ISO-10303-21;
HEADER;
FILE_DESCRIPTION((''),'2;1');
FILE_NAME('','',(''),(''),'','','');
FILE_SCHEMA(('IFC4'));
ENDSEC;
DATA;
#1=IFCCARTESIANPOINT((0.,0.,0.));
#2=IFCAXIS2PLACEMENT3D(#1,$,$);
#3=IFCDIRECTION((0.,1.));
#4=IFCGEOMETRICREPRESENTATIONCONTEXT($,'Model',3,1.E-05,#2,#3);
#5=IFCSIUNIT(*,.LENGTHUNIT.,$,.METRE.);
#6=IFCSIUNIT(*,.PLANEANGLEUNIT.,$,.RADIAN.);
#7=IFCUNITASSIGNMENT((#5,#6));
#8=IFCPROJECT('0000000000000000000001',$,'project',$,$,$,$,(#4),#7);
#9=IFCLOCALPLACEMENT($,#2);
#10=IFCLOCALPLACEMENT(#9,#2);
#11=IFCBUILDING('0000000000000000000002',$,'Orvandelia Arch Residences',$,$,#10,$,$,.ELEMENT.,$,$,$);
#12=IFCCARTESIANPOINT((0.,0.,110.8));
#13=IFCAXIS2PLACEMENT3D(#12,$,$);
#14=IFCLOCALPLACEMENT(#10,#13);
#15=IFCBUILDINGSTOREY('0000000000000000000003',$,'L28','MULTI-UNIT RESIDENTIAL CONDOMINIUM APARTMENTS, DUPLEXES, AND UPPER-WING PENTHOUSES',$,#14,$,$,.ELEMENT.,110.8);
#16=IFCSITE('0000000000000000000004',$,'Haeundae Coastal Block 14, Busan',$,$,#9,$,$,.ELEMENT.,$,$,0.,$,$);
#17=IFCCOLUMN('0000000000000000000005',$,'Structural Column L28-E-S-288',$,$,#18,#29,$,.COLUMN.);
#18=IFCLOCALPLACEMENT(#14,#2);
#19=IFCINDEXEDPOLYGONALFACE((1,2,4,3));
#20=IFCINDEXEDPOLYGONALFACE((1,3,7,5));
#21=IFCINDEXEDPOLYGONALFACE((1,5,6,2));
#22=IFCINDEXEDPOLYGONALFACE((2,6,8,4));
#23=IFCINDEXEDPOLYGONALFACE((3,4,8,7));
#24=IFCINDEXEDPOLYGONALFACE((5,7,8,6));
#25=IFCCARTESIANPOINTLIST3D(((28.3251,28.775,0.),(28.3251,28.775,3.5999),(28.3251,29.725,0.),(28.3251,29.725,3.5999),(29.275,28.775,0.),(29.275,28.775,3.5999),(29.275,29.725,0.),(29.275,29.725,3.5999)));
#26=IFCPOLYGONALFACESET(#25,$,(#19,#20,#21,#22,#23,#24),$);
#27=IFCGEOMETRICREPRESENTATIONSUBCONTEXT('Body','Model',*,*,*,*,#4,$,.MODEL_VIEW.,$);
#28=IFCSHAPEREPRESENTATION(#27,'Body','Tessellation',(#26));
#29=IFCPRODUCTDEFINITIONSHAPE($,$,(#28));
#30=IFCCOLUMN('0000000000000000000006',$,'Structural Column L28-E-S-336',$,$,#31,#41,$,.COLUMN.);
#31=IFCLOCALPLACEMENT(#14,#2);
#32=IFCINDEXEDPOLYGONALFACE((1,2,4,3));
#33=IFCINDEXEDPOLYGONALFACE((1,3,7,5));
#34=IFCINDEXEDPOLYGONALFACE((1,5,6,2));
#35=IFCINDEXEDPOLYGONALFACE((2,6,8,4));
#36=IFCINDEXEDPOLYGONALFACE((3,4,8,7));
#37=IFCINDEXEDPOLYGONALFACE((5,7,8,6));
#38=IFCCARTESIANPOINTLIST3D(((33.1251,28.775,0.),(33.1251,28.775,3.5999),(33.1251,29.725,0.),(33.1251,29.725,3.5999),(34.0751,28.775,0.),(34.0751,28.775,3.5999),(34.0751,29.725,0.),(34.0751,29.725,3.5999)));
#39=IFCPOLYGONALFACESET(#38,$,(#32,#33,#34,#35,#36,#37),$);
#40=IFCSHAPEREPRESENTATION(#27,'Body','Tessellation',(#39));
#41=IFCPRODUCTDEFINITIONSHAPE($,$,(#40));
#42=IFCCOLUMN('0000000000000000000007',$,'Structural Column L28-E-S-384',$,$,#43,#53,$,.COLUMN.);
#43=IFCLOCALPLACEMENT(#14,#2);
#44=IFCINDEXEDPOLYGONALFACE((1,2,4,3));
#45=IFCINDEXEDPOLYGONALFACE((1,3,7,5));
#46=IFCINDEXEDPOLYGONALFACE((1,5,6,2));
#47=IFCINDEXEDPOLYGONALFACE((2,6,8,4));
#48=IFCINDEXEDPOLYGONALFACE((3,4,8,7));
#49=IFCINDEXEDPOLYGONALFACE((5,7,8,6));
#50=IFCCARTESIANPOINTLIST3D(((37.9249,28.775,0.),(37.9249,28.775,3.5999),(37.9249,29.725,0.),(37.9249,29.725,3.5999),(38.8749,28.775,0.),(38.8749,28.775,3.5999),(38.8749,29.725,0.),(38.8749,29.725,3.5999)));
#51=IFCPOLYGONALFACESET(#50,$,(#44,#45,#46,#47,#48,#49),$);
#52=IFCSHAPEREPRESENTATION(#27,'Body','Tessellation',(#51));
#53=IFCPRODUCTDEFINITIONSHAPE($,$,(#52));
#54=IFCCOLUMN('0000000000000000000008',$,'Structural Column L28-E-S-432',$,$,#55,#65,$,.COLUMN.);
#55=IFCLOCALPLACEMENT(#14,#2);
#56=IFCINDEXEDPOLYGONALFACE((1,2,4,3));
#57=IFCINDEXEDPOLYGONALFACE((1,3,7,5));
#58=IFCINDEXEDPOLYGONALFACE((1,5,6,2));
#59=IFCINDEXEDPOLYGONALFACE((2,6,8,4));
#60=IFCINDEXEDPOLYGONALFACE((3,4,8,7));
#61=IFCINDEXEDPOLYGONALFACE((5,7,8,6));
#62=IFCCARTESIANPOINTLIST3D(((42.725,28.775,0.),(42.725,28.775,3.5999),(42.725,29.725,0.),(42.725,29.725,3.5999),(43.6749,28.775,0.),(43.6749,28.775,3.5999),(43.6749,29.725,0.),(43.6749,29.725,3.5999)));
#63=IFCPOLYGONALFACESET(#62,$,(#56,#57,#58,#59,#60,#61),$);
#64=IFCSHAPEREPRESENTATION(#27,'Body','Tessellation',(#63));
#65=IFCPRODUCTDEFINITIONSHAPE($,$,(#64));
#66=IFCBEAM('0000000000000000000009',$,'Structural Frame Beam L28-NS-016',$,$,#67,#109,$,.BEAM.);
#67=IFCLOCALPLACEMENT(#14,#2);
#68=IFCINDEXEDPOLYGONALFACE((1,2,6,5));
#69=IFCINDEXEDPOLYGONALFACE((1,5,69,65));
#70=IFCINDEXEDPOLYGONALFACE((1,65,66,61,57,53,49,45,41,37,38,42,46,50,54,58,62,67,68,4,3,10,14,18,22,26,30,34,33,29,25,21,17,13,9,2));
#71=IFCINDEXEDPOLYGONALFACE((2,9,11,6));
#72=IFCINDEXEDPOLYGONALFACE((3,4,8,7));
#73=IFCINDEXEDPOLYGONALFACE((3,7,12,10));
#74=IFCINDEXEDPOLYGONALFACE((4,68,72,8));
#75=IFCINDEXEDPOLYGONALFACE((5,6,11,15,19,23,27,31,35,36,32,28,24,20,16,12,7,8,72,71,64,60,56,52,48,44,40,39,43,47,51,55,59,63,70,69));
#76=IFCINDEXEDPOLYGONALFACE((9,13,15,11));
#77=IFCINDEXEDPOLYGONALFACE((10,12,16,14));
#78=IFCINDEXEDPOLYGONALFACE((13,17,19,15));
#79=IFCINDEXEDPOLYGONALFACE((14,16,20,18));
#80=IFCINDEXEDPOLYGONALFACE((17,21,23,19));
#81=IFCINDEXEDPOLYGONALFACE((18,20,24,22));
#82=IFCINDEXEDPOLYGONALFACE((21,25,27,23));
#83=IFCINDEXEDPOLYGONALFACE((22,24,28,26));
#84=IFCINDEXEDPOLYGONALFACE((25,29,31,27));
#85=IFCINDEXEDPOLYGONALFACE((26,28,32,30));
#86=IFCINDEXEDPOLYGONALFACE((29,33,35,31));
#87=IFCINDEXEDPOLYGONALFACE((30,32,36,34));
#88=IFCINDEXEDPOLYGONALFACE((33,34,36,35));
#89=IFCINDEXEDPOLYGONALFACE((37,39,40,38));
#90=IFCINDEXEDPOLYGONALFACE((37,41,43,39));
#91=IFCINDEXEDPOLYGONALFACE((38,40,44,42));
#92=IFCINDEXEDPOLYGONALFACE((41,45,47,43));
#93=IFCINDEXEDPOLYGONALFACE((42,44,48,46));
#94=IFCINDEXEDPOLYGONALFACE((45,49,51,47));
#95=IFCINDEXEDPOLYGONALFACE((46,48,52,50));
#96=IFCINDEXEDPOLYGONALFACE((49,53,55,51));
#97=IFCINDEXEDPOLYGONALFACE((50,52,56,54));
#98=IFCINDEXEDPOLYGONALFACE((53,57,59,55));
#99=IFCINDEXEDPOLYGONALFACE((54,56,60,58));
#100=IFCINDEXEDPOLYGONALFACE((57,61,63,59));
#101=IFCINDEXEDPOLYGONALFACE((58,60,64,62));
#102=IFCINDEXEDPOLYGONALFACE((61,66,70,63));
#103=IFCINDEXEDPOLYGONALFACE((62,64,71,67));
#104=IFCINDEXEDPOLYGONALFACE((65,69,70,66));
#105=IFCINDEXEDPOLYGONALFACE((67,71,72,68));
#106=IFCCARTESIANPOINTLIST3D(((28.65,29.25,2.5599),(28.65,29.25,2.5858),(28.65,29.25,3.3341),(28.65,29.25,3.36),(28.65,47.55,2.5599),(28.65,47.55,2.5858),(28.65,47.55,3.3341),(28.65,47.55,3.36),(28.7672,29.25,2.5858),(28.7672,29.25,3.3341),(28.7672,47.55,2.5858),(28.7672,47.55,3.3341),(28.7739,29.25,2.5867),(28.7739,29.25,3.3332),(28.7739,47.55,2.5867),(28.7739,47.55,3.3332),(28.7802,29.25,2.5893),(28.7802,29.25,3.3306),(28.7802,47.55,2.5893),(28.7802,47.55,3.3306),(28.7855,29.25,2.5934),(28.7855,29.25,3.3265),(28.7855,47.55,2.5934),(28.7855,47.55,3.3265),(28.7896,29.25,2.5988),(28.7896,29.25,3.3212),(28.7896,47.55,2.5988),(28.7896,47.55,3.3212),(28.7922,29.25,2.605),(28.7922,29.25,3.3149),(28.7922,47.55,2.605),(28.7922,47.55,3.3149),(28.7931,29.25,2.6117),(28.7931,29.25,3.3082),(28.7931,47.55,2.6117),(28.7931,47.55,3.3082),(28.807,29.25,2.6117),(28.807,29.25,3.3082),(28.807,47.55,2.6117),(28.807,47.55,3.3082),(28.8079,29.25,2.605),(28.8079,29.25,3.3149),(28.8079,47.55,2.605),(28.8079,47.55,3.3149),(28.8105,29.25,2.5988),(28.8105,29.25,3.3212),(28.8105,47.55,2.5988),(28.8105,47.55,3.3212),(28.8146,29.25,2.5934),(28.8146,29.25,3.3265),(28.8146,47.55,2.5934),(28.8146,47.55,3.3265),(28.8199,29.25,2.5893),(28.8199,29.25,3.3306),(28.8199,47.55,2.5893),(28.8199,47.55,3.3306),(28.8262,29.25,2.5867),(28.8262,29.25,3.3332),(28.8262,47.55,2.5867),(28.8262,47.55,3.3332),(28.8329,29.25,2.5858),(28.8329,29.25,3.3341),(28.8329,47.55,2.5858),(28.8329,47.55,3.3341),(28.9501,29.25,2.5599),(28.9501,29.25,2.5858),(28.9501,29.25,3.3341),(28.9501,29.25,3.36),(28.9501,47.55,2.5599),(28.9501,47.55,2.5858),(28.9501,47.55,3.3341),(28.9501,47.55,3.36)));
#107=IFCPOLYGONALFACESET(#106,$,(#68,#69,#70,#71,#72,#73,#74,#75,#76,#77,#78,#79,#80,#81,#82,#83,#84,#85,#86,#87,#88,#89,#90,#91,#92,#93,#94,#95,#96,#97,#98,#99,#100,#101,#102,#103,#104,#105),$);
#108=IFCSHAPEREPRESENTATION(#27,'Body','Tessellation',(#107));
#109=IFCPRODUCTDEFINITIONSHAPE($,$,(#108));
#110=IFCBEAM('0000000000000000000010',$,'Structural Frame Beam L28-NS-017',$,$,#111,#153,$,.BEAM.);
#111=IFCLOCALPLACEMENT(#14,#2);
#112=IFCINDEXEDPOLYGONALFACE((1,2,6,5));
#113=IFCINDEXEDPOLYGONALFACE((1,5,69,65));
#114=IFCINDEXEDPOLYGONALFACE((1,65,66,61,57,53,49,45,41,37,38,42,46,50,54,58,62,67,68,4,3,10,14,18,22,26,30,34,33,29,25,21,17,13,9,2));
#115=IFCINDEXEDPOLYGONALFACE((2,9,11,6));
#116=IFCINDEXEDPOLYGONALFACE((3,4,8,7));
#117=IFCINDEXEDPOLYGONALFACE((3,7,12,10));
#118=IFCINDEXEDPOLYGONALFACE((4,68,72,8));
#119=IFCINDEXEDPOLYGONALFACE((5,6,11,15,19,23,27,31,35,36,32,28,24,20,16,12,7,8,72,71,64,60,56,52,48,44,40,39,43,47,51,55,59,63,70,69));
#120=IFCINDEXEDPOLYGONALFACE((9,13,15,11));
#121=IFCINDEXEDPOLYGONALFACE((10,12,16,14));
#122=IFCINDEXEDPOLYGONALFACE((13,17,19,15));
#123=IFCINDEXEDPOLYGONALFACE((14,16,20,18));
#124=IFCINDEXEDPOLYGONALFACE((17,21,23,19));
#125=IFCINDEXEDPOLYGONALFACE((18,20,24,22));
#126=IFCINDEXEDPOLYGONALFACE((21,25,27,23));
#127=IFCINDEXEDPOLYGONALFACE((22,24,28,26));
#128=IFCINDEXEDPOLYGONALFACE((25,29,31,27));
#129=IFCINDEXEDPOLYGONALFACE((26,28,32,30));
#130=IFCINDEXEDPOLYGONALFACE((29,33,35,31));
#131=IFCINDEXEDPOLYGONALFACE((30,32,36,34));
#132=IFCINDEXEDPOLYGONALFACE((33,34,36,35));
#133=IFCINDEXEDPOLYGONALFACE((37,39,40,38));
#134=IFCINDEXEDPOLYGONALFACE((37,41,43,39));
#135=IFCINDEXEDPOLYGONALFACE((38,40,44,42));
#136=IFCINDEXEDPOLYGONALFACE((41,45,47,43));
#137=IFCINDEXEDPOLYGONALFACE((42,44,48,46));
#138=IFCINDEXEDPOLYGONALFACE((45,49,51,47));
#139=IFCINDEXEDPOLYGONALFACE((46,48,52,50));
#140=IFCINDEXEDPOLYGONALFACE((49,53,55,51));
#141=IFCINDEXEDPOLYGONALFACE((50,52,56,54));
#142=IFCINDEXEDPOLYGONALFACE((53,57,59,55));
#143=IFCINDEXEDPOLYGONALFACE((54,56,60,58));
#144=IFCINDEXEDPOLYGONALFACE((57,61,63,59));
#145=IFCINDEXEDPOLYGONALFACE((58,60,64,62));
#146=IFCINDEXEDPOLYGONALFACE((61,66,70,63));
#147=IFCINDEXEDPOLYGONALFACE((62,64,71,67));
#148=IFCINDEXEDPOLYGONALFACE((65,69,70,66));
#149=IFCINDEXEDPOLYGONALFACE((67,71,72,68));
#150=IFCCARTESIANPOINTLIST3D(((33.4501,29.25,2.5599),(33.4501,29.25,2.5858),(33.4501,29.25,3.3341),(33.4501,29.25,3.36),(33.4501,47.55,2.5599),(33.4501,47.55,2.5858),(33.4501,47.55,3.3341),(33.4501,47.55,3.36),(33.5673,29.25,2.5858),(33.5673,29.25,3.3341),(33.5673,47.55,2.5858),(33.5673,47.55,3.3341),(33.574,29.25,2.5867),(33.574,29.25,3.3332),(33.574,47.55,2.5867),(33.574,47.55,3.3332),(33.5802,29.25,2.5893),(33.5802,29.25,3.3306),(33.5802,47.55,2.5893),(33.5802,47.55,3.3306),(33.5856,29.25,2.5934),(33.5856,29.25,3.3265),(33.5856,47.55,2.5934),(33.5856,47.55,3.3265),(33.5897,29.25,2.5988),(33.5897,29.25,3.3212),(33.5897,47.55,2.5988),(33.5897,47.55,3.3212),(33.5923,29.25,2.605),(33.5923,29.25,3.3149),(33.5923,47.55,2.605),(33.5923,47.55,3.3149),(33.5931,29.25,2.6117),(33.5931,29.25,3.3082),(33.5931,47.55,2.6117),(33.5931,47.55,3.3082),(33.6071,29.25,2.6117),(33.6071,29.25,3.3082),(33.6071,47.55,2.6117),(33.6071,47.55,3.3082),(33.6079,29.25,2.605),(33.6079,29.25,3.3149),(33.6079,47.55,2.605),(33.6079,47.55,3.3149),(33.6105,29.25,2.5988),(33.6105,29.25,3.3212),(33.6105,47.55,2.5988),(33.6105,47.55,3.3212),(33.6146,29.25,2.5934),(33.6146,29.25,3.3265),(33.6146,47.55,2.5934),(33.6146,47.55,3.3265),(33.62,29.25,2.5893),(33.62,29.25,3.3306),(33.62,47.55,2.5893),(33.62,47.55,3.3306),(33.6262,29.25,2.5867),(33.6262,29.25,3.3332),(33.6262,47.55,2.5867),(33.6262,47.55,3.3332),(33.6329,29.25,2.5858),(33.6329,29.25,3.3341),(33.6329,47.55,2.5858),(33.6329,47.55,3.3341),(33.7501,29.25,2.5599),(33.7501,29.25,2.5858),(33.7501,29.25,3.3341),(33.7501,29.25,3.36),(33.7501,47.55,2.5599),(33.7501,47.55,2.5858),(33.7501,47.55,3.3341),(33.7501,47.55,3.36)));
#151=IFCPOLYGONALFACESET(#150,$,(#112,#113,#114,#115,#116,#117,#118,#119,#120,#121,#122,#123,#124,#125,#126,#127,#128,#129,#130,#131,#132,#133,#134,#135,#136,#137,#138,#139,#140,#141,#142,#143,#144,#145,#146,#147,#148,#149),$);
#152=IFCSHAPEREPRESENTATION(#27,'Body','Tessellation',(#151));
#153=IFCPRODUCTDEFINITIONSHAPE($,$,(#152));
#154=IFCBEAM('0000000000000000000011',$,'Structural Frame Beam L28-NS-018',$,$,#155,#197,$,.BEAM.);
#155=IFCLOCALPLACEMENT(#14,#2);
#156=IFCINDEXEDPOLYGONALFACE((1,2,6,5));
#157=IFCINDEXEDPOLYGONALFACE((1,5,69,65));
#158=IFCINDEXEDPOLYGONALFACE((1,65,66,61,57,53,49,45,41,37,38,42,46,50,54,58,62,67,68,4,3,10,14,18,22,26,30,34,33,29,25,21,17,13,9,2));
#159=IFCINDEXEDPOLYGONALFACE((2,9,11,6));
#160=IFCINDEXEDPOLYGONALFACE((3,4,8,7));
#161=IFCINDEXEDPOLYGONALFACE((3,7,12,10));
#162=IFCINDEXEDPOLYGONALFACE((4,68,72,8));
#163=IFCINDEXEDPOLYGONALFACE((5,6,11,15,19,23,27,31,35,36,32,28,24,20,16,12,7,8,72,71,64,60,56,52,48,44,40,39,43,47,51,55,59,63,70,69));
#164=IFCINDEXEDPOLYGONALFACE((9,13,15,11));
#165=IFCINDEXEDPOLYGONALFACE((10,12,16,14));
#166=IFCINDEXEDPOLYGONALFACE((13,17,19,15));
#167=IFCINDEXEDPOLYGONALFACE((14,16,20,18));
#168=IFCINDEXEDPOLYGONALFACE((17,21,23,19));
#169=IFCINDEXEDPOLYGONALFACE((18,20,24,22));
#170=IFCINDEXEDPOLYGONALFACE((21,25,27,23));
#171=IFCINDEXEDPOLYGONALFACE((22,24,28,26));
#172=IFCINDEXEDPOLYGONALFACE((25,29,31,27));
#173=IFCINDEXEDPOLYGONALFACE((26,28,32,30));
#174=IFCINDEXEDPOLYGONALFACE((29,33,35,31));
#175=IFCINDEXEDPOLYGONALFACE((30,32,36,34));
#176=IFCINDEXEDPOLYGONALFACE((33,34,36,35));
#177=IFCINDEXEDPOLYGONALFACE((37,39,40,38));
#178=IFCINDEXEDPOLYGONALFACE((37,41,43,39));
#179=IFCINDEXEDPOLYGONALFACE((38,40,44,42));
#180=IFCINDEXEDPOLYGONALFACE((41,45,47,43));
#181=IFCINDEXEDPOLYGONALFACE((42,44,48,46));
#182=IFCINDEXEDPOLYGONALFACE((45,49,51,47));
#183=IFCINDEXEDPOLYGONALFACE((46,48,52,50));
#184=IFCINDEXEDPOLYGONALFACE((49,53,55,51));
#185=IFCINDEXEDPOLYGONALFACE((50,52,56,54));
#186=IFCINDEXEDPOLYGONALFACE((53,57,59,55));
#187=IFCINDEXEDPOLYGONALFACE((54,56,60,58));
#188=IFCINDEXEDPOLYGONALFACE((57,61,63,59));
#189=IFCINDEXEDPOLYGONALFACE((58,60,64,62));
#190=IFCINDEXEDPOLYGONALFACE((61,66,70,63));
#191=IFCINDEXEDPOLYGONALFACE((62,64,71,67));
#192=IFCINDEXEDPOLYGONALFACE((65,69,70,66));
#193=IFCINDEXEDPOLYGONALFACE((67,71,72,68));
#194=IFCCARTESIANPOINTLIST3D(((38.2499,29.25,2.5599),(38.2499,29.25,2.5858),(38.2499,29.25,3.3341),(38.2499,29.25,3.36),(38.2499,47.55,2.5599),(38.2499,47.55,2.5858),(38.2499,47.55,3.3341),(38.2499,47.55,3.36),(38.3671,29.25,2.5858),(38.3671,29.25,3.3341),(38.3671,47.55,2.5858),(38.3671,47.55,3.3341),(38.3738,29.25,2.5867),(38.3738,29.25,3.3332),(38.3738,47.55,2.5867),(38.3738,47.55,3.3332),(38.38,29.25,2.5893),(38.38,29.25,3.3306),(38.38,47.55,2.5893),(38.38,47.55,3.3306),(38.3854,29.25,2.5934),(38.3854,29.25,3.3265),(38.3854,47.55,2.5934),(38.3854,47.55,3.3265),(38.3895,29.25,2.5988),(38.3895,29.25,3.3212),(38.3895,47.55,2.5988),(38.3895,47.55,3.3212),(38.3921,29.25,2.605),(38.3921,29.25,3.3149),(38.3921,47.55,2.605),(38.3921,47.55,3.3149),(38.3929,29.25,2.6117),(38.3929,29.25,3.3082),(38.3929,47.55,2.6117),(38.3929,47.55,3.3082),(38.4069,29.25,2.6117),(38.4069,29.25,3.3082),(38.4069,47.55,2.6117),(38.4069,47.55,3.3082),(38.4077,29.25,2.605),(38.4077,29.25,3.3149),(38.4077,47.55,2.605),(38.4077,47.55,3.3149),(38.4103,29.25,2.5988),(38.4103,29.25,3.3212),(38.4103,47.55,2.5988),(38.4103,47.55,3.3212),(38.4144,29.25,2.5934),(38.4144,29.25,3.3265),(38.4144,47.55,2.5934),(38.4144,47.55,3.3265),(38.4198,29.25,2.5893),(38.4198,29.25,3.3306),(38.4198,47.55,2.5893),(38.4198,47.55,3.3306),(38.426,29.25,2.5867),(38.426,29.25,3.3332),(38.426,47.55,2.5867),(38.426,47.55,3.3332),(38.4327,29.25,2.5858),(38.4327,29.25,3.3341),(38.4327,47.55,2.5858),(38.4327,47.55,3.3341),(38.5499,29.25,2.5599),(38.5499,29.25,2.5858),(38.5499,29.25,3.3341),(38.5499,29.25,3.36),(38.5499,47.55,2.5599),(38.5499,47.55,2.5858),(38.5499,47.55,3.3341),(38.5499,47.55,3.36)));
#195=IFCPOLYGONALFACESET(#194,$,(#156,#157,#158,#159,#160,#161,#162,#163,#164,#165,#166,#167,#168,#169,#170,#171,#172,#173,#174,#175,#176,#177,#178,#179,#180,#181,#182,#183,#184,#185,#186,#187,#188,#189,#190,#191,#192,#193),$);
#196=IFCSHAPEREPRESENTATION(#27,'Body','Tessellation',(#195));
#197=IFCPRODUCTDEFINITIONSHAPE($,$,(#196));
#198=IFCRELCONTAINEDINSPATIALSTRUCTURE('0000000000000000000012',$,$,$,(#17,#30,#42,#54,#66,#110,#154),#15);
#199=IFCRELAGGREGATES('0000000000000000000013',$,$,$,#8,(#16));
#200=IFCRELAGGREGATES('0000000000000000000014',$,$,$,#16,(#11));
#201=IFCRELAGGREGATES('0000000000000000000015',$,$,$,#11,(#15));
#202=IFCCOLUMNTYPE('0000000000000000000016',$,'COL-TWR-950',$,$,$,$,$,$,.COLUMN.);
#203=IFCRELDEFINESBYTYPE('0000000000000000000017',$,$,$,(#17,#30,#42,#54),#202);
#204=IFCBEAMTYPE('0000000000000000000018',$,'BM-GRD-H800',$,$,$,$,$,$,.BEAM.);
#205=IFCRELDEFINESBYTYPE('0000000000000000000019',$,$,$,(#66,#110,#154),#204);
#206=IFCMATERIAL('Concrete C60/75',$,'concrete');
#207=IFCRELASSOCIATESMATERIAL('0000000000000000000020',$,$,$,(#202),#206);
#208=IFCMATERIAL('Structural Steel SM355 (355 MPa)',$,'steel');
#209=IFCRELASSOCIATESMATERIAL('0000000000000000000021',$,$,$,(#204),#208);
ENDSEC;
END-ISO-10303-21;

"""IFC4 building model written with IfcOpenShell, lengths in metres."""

from ifc_helpers import new_model, si_unit, direction, frame, origin, origin_2d, place, context, subcontext, project, spatial, rectangle, i_section, extrude, material, material_profile, profile_set, type_object, element, save


model = new_model("IFC4")

# Units and contexts
model_context = context("Model", 3, precision=1e-05, world=origin(), true_north=direction((0.0, 1.0)))
body_context = subcontext(model_context, "Body", "Model", "MODEL_VIEW")
ifc_project = project(units=[si_unit("LENGTHUNIT", "METRE"), si_unit("PLANEANGLEUNIT", "RADIAN")], contexts=[model_context])

# Site, building, storey
site_placement = place(None, origin())
site = spatial("IfcSite", under=ifc_project, at=site_placement, Name="Haeundae Coastal Block 14, Busan", CompositionType="ELEMENT", RefElevation=0.0)
building_placement = place(site_placement, origin())
building = spatial("IfcBuilding", under=site, at=building_placement, Name="Orvandelia Arch Residences", CompositionType="ELEMENT")
storey_placement = place(building_placement, frame((0.0, 0.0, 110.8)))
storey = spatial("IfcBuildingStorey", under=building, at=storey_placement, Name="L28", Description="MULTI-UNIT RESIDENTIAL CONDOMINIUM APARTMENTS, DUPLEXES, AND UPPER-WING PENTHOUSES", CompositionType="ELEMENT", Elevation=110.8)

# Columns
ifc_material_1 = material(Name="Concrete C60/75", Category="concrete")
ifc_material_profile_1 = material_profile(ifc_material_1, rectangle(XDim=0.95, YDim=0.95, at=origin_2d()), Name="Concrete C60/75", Category="concrete")
ifc_profile_set_1 = profile_set([ifc_material_profile_1], Name="Concrete C60/75")
column_type = type_object("IfcColumnType", Name="COL-TWR-950", PredefinedType="COLUMN", material=ifc_profile_set_1)
for number, where, z_axis, x_axis, name in (
    (1, (28.8, 29.25, 0.0), (0.0, 0.0, 1.0), (1.0, 0.0, 0.0), "Structural Column L28-E-S-288"),
    (2, (33.6001, 29.25, 0.0), (0.0, 0.0, 1.0), (1.0, 0.0, 0.0), "Structural Column L28-E-S-336"),
    (3, (38.3999, 29.25, 0.0), (0.0, 0.0, 1.0), (1.0, 0.0, 0.0), "Structural Column L28-E-S-384"),
    (4, (43.2, 29.25, 0.0), (0.0, 0.0, 1.0), (1.0, 0.0, 0.0), "Structural Column L28-E-S-432"),
):
    element("IfcColumn", number, at=place(storey_placement, frame(where, z_axis=z_axis, x_axis=x_axis)), inside=storey, type_object=column_type, Name=name, PredefinedType="COLUMN", context=body_context, shape_type="SweptSolid", body=[
        extrude(rectangle(XDim=0.95, YDim=0.95, at=origin_2d()), origin(), (0.0, 0.0, 1.0), 3.5999),
    ])

# Beams
ifc_material_2 = material(Name="Structural Steel SM355 (355 MPa)", Category="steel")
ifc_material_profile_2 = material_profile(ifc_material_2, i_section(OverallWidth=0.3, OverallDepth=0.8, WebThickness=0.0139, FlangeThickness=0.0259, FilletRadius=0.0259, at=origin_2d()), Name="Structural Steel SM355 (355 MPa)", Category="steel")
ifc_profile_set_2 = profile_set([ifc_material_profile_2], Name="Structural Steel SM355 (355 MPa)")
beam_type = type_object("IfcBeamType", Name="BM-GRD-H800", PredefinedType="BEAM", material=ifc_profile_set_2)
for number, where, z_axis, x_axis, name in (
    (5, (28.8, 29.25, 2.96), (0.0, 1.0, 0.0), (-1.0, 0.0, 0.0), "Structural Frame Beam L28-NS-016"),
    (6, (33.6001, 29.25, 2.96), (0.0, 1.0, 0.0), (-1.0, 0.0, 0.0), "Structural Frame Beam L28-NS-017"),
    (7, (38.3999, 29.25, 2.96), (0.0, 1.0, 0.0), (-1.0, 0.0, 0.0), "Structural Frame Beam L28-NS-018"),
):
    element("IfcBeam", number, at=place(storey_placement, frame(where, z_axis=z_axis, x_axis=x_axis)), inside=storey, type_object=beam_type, Name=name, PredefinedType="BEAM", context=body_context, shape_type="SweptSolid", body=[
        extrude(i_section(OverallWidth=0.3, OverallDepth=0.8, WebThickness=0.0139, FlangeThickness=0.0259, FilletRadius=0.0259, at=origin_2d()), origin(), (0.0, 0.0, 1.0), 18.3),
    ])

save(model, "model.ifc")
